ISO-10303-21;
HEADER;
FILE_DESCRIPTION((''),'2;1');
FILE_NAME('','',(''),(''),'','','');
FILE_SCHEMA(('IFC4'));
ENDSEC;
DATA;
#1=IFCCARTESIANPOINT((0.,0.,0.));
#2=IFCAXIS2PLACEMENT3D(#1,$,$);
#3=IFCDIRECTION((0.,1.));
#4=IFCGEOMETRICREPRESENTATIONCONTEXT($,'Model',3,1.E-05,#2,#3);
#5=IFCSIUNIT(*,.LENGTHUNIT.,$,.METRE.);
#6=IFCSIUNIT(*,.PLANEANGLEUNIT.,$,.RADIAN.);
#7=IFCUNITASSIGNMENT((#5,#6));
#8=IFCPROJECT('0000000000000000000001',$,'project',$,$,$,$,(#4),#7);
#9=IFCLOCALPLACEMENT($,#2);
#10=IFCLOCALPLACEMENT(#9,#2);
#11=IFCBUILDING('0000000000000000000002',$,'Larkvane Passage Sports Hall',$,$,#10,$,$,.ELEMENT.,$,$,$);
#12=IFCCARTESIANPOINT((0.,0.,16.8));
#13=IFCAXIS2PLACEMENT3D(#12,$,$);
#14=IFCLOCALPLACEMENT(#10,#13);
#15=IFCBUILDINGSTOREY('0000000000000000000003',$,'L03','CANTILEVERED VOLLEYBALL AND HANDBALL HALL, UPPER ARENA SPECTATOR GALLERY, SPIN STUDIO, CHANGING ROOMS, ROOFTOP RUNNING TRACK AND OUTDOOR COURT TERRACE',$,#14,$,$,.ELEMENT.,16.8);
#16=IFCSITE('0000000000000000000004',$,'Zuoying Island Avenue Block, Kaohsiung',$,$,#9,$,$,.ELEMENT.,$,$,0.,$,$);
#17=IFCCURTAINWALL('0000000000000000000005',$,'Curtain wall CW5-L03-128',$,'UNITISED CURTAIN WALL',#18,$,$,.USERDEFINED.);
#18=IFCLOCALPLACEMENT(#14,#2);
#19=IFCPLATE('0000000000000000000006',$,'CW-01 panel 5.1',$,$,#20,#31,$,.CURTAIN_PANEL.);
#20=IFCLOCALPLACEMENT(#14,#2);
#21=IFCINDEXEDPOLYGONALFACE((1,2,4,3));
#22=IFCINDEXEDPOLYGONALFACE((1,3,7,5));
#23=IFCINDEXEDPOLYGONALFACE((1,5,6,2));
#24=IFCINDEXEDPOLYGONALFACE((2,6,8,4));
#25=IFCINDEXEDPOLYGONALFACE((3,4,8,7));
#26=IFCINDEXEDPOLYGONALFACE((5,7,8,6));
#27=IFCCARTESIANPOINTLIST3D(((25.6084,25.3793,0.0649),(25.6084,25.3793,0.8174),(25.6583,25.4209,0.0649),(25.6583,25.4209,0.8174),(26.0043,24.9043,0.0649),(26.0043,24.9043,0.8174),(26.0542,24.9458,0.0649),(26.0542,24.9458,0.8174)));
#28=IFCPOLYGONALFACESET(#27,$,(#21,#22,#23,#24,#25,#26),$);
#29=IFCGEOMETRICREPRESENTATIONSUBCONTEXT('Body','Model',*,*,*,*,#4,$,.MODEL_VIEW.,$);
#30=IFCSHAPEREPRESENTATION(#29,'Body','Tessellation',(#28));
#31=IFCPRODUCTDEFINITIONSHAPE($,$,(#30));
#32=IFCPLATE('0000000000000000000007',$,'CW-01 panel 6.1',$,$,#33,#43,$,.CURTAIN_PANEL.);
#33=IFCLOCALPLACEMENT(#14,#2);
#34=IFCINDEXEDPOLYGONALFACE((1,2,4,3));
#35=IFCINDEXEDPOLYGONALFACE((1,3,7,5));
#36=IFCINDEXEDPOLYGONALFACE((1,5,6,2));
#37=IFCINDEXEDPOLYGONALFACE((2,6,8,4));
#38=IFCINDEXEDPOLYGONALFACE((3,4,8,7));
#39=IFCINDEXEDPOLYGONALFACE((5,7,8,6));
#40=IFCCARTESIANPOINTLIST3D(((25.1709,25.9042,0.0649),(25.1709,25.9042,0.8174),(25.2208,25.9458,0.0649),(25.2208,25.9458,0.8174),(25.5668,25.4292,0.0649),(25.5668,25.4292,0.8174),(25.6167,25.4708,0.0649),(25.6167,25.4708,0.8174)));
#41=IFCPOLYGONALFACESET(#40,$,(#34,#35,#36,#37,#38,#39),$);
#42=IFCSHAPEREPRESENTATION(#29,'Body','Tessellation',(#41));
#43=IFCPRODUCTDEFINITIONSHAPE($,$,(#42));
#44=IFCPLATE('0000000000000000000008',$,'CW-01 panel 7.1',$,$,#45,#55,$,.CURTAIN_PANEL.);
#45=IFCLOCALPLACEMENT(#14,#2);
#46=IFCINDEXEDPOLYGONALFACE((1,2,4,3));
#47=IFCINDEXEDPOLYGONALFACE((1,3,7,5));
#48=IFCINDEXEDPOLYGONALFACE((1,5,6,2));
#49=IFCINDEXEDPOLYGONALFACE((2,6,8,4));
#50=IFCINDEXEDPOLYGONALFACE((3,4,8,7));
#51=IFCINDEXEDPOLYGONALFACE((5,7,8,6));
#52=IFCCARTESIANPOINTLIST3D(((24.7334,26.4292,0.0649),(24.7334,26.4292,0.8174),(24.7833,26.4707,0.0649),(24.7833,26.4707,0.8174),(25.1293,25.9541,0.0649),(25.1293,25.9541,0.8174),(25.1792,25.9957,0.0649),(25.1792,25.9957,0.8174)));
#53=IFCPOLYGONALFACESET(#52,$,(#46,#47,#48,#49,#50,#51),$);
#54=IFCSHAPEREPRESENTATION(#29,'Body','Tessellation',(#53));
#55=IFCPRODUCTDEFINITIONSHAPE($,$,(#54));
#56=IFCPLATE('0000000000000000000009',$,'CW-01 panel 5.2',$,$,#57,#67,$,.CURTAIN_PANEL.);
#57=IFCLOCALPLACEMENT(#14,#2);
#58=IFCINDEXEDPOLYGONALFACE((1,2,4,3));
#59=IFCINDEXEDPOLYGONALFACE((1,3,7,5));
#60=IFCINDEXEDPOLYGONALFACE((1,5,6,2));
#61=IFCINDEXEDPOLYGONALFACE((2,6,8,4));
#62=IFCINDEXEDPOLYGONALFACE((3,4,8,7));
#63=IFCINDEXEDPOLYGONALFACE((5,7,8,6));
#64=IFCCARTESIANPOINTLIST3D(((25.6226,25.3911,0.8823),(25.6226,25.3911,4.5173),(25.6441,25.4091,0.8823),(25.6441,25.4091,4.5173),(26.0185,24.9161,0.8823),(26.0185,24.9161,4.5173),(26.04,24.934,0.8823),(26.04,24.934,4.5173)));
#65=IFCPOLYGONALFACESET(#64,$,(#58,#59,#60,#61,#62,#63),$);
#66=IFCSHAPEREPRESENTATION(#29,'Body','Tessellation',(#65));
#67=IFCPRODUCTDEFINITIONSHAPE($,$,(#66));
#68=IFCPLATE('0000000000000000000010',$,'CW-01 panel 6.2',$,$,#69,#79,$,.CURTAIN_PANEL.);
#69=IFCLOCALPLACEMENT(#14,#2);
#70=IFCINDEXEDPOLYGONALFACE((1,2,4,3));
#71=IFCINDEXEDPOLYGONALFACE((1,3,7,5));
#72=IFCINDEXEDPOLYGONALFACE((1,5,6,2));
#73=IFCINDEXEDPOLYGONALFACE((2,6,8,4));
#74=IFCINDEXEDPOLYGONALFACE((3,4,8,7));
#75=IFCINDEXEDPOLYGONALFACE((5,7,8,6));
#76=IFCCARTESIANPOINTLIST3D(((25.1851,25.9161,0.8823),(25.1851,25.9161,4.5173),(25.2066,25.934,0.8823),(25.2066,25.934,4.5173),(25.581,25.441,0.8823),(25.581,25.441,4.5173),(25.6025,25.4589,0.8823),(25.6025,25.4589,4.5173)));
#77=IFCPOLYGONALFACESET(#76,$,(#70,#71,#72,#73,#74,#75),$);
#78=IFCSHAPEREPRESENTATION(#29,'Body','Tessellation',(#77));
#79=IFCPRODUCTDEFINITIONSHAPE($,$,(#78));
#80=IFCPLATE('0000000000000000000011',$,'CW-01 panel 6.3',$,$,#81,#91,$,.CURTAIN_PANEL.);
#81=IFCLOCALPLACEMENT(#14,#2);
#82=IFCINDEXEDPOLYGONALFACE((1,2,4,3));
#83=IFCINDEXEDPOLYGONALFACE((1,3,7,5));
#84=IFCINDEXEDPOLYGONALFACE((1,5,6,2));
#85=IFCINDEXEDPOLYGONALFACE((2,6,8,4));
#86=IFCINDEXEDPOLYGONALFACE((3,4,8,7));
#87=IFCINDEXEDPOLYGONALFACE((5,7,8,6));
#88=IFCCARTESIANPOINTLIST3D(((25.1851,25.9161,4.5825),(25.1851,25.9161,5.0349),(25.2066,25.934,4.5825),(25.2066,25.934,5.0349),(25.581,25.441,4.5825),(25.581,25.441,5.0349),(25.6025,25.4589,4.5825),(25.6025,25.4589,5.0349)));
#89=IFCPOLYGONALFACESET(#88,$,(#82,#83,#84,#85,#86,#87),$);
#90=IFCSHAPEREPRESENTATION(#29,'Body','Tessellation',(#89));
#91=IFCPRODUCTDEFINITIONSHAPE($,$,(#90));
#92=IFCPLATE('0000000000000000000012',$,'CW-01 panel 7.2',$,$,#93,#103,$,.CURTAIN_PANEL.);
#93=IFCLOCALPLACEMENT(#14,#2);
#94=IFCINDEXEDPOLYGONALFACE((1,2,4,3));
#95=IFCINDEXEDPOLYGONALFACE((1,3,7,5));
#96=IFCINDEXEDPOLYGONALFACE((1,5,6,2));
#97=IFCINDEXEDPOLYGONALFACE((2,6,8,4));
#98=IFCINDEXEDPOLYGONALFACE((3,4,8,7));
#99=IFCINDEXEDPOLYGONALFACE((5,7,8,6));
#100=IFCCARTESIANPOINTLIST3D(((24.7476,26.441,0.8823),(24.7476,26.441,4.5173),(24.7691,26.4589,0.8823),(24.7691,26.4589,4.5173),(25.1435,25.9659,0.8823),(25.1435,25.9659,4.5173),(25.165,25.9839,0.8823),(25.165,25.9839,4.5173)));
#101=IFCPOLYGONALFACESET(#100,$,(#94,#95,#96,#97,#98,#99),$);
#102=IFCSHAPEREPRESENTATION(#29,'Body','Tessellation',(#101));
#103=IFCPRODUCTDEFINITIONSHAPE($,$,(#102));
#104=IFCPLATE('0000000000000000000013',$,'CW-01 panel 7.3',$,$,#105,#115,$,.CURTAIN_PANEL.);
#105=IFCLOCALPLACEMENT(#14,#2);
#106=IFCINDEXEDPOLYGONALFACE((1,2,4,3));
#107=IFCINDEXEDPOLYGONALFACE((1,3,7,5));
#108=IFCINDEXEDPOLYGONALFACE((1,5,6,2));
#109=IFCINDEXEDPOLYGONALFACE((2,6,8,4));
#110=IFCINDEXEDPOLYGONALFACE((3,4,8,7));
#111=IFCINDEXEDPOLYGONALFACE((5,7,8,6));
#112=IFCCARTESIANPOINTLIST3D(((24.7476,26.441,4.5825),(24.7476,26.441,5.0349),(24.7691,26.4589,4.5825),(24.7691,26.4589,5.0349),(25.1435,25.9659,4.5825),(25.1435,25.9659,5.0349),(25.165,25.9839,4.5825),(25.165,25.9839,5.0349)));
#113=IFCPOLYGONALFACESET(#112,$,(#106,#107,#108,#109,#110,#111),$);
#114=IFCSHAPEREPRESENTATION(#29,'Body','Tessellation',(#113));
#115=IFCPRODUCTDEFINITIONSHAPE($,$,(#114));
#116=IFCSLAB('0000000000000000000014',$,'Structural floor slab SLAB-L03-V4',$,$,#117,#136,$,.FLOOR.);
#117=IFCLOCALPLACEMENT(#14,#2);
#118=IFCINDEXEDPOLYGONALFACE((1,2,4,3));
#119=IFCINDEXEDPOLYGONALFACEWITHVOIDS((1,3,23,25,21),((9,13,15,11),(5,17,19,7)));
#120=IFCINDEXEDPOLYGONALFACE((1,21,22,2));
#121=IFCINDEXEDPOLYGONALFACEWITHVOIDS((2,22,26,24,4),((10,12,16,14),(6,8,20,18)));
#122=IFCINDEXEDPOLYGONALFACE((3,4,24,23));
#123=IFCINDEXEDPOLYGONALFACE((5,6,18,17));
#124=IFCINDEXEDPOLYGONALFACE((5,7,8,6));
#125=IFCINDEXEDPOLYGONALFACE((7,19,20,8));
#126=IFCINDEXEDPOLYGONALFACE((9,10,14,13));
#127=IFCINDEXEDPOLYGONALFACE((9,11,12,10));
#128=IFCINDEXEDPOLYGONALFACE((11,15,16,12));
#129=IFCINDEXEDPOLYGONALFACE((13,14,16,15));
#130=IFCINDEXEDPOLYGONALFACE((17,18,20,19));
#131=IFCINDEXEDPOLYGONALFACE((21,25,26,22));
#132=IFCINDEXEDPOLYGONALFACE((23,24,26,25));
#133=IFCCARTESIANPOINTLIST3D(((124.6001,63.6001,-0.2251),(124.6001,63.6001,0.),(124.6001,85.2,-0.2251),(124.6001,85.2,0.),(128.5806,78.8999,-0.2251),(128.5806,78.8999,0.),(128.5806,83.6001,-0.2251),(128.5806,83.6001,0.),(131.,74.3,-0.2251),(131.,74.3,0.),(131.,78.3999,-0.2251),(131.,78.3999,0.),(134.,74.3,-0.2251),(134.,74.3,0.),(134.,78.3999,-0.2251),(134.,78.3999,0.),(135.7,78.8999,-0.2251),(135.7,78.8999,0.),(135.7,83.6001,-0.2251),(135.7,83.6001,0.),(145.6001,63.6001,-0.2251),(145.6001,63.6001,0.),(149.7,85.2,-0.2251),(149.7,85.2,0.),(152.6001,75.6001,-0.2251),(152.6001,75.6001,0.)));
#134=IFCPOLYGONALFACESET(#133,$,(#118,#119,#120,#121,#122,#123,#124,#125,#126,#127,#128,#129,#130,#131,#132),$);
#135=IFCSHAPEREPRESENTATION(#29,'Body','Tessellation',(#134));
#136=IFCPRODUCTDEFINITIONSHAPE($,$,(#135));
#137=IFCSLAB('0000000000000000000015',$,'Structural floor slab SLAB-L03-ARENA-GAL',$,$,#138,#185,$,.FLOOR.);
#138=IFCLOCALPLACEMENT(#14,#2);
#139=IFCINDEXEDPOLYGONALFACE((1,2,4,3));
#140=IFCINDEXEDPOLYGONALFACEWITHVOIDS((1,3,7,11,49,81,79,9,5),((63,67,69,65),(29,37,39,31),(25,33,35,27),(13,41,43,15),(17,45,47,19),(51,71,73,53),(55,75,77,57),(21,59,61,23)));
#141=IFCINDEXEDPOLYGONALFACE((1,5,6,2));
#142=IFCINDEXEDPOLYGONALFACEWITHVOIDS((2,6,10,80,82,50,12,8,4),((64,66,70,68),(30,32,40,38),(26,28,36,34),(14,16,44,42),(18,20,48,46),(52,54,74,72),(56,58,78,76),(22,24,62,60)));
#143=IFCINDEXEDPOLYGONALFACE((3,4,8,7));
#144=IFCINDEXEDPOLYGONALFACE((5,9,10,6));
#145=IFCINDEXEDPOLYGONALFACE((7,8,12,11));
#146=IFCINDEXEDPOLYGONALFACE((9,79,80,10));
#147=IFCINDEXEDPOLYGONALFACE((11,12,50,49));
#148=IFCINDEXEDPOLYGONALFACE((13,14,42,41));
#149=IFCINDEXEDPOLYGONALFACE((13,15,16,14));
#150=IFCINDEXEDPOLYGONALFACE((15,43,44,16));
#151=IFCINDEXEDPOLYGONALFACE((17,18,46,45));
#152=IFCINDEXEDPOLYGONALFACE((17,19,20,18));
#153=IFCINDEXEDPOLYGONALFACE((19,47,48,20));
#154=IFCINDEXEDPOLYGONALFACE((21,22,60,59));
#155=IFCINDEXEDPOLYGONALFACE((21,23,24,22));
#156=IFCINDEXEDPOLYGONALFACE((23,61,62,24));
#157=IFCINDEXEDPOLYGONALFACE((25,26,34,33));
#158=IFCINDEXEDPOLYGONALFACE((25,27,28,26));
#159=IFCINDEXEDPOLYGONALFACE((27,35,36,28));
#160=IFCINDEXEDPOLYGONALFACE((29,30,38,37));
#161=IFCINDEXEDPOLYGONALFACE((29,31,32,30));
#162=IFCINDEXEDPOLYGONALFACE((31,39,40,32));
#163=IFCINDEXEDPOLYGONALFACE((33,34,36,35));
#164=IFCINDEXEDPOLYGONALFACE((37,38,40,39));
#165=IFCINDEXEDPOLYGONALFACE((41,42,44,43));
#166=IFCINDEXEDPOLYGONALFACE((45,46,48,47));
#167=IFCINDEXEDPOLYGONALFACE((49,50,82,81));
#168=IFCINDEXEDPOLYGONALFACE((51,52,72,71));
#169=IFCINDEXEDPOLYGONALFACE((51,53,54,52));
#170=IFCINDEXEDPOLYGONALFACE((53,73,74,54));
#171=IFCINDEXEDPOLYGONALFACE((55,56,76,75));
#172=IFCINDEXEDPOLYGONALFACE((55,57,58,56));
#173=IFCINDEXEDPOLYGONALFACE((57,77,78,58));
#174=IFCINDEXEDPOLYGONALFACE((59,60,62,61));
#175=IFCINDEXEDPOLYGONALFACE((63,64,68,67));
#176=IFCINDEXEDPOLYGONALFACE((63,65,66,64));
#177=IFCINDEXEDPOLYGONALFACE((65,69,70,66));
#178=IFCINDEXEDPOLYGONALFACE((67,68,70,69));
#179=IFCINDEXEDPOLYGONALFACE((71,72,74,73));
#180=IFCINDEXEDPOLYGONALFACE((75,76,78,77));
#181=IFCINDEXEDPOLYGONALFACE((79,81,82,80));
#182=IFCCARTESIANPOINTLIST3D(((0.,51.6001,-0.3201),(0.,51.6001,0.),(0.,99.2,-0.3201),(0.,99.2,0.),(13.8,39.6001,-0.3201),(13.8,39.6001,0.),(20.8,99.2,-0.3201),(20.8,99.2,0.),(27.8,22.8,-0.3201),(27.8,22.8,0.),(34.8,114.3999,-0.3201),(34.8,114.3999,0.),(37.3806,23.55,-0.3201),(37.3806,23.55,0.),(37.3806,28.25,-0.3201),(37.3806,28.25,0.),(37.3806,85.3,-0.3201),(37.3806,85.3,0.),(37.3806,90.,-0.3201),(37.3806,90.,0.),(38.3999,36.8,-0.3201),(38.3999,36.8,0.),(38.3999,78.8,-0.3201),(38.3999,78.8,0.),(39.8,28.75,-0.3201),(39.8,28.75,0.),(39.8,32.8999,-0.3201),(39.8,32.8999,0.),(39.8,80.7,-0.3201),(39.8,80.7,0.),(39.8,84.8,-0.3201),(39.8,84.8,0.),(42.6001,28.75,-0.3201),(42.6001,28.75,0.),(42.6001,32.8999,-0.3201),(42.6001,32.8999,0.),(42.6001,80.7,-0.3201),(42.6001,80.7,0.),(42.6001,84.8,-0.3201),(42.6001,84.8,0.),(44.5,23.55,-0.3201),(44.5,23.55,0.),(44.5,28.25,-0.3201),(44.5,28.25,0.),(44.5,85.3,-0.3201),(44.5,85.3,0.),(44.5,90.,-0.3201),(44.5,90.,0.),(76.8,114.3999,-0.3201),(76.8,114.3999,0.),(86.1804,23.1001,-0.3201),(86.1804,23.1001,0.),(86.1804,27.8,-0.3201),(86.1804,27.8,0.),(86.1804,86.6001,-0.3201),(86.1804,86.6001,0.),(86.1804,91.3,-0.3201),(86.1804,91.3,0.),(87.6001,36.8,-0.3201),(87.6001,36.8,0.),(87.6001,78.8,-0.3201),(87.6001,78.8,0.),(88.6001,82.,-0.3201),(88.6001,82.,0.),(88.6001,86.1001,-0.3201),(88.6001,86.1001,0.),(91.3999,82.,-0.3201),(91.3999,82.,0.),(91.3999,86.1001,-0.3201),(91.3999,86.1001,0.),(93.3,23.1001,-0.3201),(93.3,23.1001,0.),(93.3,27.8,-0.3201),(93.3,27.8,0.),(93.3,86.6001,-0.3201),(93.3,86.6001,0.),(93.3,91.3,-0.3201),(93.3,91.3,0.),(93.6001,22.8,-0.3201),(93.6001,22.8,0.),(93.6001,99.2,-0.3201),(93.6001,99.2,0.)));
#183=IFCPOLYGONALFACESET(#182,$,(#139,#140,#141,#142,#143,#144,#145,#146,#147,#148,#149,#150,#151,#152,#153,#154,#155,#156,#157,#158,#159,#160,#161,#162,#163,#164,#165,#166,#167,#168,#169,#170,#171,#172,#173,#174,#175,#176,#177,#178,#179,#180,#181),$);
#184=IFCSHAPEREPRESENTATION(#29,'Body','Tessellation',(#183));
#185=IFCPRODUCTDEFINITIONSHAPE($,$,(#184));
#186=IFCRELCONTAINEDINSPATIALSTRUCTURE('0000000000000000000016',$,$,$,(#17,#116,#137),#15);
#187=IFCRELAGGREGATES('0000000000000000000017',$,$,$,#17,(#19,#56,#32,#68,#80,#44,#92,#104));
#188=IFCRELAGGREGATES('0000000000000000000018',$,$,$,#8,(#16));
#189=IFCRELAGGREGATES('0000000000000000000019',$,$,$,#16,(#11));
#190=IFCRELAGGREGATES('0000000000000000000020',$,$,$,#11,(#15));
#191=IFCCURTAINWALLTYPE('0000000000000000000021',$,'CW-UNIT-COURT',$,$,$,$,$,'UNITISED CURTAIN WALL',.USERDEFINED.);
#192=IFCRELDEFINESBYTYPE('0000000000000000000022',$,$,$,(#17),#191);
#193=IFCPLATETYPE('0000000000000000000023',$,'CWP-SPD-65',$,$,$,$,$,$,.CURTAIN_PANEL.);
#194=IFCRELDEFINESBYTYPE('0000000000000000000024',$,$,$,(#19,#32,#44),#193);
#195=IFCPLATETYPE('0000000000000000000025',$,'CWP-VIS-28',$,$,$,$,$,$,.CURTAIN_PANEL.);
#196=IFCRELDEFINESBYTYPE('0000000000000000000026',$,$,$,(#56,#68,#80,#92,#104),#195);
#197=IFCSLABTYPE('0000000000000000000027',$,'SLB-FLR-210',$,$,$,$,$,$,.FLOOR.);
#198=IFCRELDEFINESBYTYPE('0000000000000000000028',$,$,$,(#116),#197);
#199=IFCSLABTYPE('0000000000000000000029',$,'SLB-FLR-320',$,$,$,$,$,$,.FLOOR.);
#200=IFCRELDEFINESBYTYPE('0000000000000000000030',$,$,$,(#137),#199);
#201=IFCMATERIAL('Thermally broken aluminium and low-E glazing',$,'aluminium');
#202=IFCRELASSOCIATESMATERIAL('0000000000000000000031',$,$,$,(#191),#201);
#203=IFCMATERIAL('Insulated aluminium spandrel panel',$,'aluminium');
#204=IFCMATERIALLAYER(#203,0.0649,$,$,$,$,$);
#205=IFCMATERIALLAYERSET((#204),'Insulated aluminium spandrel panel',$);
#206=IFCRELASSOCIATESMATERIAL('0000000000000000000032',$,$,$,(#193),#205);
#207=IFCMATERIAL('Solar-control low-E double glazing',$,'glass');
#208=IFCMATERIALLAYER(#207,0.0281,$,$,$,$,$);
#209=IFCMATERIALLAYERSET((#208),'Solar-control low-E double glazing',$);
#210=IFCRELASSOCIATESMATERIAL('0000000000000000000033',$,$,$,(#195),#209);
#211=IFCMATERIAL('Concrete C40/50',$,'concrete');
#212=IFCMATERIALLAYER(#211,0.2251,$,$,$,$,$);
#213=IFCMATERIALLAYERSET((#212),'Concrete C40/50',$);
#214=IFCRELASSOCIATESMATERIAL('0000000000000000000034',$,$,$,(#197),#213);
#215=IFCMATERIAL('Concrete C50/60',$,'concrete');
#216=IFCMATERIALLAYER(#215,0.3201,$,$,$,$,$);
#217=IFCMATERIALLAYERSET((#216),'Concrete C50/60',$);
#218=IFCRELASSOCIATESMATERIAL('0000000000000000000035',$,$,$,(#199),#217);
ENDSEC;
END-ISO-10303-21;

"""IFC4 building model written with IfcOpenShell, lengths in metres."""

from ifc_helpers import new_model, si_unit, direction, frame, origin, origin_2d, place, context, subcontext, project, spatial, polyline, rectangle, outline, extrude, material, layer, layer_set, type_object, element, aggregate, save


model = new_model("IFC4")

# Units and contexts
model_context = context("Model", 3, precision=1e-05, world=origin(), true_north=direction((0.0, 1.0)))
body_context = subcontext(model_context, "Body", "Model", "MODEL_VIEW")
ifc_project = project(units=[si_unit("LENGTHUNIT", "METRE"), si_unit("PLANEANGLEUNIT", "RADIAN")], contexts=[model_context])

# Site, building, storey
site_placement = place(None, origin())
site = spatial("IfcSite", under=ifc_project, at=site_placement, Name="Zuoying Island Avenue Block, Kaohsiung", CompositionType="ELEMENT", RefElevation=0.0)
building_placement = place(site_placement, origin())
building = spatial("IfcBuilding", under=site, at=building_placement, Name="Larkvane Passage Sports Hall", CompositionType="ELEMENT")
storey_placement = place(building_placement, frame((0.0, 0.0, 16.8)))
storey = spatial("IfcBuildingStorey", under=building, at=storey_placement, Name="L03", Description="CANTILEVERED VOLLEYBALL AND HANDBALL HALL, UPPER ARENA SPECTATOR GALLERY, SPIN STUDIO, CHANGING ROOMS, ROOFTOP RUNNING TRACK AND OUTDOOR COURT TERRACE", CompositionType="ELEMENT", Elevation=16.8)

# Curtain wall, plates
ifc_material_1 = material(Name="Thermally broken aluminium and low-E glazing", Category="aluminium")
curtain_wall_type = type_object("IfcCurtainWallType", Name="CW-UNIT-COURT", ElementType="UNITISED CURTAIN WALL", PredefinedType="USERDEFINED", material=ifc_material_1)
curtain_wall_placement = place(storey_placement, origin())
curtain_wall = element("IfcCurtainWall", 1, at=curtain_wall_placement, inside=storey, type_object=curtain_wall_type, Name="Curtain wall CW5-L03-128", ObjectType="UNITISED CURTAIN WALL", PredefinedType="USERDEFINED")
ifc_material_2 = material(Name="Insulated aluminium spandrel panel", Category="aluminium")
ifc_layer_1 = layer(ifc_material_2, 0.0649)
ifc_layer_set_1 = layer_set([ifc_layer_1], Name="Insulated aluminium spandrel panel")
plate_type_1 = type_object("IfcPlateType", Name="CWP-SPD-65", PredefinedType="CURTAIN_PANEL", material=ifc_layer_set_1)
plate_1_placement = place(storey_placement, frame((25.8313, 25.1626, 0.0649), z_axis=(0.0, 0.0, 1.0), x_axis=(-0.640184, 0.768221, 0.0)))
plate_1 = element("IfcPlate", 2, at=plate_1_placement, type_object=plate_type_1, Name="CW-01 panel 5.1", PredefinedType="CURTAIN_PANEL", context=body_context, shape_type="SweptSolid", body=[
    extrude(rectangle(XDim=0.6184, YDim=0.0649, at=origin_2d()), origin(), (0.0, 0.0, 1.0), 0.7524),
])
plate_2_placement = place(storey_placement, frame((25.3938, 25.6875, 0.0649), z_axis=(0.0, 0.0, 1.0), x_axis=(-0.640184, 0.768221, 0.0)))
plate_2 = element("IfcPlate", 3, at=plate_2_placement, type_object=plate_type_1, Name="CW-01 panel 6.1", PredefinedType="CURTAIN_PANEL", context=body_context, shape_type="SweptSolid", body=[
    extrude(rectangle(XDim=0.6184, YDim=0.0649, at=origin_2d()), origin(), (0.0, 0.0, 1.0), 0.7524),
])
plate_3_placement = place(storey_placement, frame((24.9563, 26.2124, 0.0649), z_axis=(0.0, 0.0, 1.0), x_axis=(-0.640184, 0.768221, 0.0)))
plate_3 = element("IfcPlate", 4, at=plate_3_placement, type_object=plate_type_1, Name="CW-01 panel 7.1", PredefinedType="CURTAIN_PANEL", context=body_context, shape_type="SweptSolid", body=[
    extrude(rectangle(XDim=0.6184, YDim=0.0649, at=origin_2d()), origin(), (0.0, 0.0, 1.0), 0.7524),
])
ifc_material_3 = material(Name="Solar-control low-E double glazing", Category="glass")
ifc_layer_2 = layer(ifc_material_3, 0.0281)
ifc_layer_set_2 = layer_set([ifc_layer_2], Name="Solar-control low-E double glazing")
plate_type_2 = type_object("IfcPlateType", Name="CWP-VIS-28", PredefinedType="CURTAIN_PANEL", material=ifc_layer_set_2)
plate_4_placement = place(storey_placement, frame((25.8313, 25.1626, 0.8823), z_axis=(0.0, 0.0, 1.0), x_axis=(-0.640184, 0.768221, 0.0)))
plate_4 = element("IfcPlate", 5, at=plate_4_placement, type_object=plate_type_2, Name="CW-01 panel 5.2", PredefinedType="CURTAIN_PANEL", context=body_context, shape_type="SweptSolid", body=[
    extrude(rectangle(XDim=0.6184, YDim=0.0281, at=origin_2d()), origin(), (0.0, 0.0, 1.0), 3.635),
])
plate_5_placement = place(storey_placement, frame((25.3938, 25.6875, 0.8823), z_axis=(0.0, 0.0, 1.0), x_axis=(-0.640184, 0.768221, 0.0)))
plate_5 = element("IfcPlate", 6, at=plate_5_placement, type_object=plate_type_2, Name="CW-01 panel 6.2", PredefinedType="CURTAIN_PANEL", context=body_context, shape_type="SweptSolid", body=[
    extrude(rectangle(XDim=0.6184, YDim=0.0281, at=origin_2d()), origin(), (0.0, 0.0, 1.0), 3.635),
])
plate_6_placement = place(storey_placement, frame((25.3938, 25.6875, 4.5825), z_axis=(0.0, 0.0, 1.0), x_axis=(-0.640184, 0.768221, 0.0)))
plate_6 = element("IfcPlate", 7, at=plate_6_placement, type_object=plate_type_2, Name="CW-01 panel 6.3", PredefinedType="CURTAIN_PANEL", context=body_context, shape_type="SweptSolid", body=[
    extrude(rectangle(XDim=0.6184, YDim=0.0281, at=origin_2d()), origin(), (0.0, 0.0, 1.0), 0.4524),
])
plate_7_placement = place(storey_placement, frame((24.9563, 26.2124, 0.8823), z_axis=(0.0, 0.0, 1.0), x_axis=(-0.640184, 0.768221, 0.0)))
plate_7 = element("IfcPlate", 8, at=plate_7_placement, type_object=plate_type_2, Name="CW-01 panel 7.2", PredefinedType="CURTAIN_PANEL", context=body_context, shape_type="SweptSolid", body=[
    extrude(rectangle(XDim=0.6184, YDim=0.0281, at=origin_2d()), origin(), (0.0, 0.0, 1.0), 3.635),
])
plate_8_placement = place(storey_placement, frame((24.9563, 26.2124, 4.5825), z_axis=(0.0, 0.0, 1.0), x_axis=(-0.640184, 0.768221, 0.0)))
plate_8 = element("IfcPlate", 9, at=plate_8_placement, type_object=plate_type_2, Name="CW-01 panel 7.3", PredefinedType="CURTAIN_PANEL", context=body_context, shape_type="SweptSolid", body=[
    extrude(rectangle(XDim=0.6184, YDim=0.0281, at=origin_2d()), origin(), (0.0, 0.0, 1.0), 0.4524),
])
aggregate(curtain_wall, [plate_1, plate_4, plate_2, plate_5, plate_6, plate_3, plate_7, plate_8])

# Slabs
ifc_material_4 = material(Name="Concrete C40/50", Category="concrete")
ifc_layer_3 = layer(ifc_material_4, 0.2251)
ifc_layer_set_3 = layer_set([ifc_layer_3], Name="Concrete C40/50")
slab_type_1 = type_object("IfcSlabType", Name="SLB-FLR-210", PredefinedType="FLOOR", material=ifc_layer_set_3)
slab_1_placement = place(storey_placement, frame((0.0, 0.0, -0.2251)))
element("IfcSlab", 10, at=slab_1_placement, inside=storey, type_object=slab_type_1, Name="Structural floor slab SLAB-L03-V4", PredefinedType="FLOOR", context=body_context, shape_type="SweptSolid", body=[
    extrude(outline(polyline([(124.6001, 63.6001), (145.6001, 63.6001), (152.6001, 75.6001), (149.7, 85.2), (124.6001, 85.2), (124.6001, 63.6001)]), holes=[polyline([(128.5806, 83.6001), (135.7, 83.6001), (135.7, 78.8999), (128.5806, 78.8999), (128.5806, 83.6001)]), polyline([(131.0, 78.3999), (134.0, 78.3999), (134.0, 74.3), (131.0, 74.3), (131.0, 78.3999)])]), origin(), (0.0, 0.0, 1.0), 0.2251),
])
ifc_material_5 = material(Name="Concrete C50/60", Category="concrete")
ifc_layer_4 = layer(ifc_material_5, 0.3201)
ifc_layer_set_4 = layer_set([ifc_layer_4], Name="Concrete C50/60")
slab_type_2 = type_object("IfcSlabType", Name="SLB-FLR-320", PredefinedType="FLOOR", material=ifc_layer_set_4)
slab_2_placement = place(storey_placement, frame((0.0, 0.0, -0.3201)))
element("IfcSlab", 11, at=slab_2_placement, inside=storey, type_object=slab_type_2, Name="Structural floor slab SLAB-L03-ARENA-GAL", PredefinedType="FLOOR", context=body_context, shape_type="SweptSolid", body=[
    extrude(outline(polyline([(0.0, 51.6001), (13.8, 39.6001), (27.8, 22.8), (93.6001, 22.8), (93.6001, 99.2), (76.8, 114.3999), (34.8, 114.3999), (20.8, 99.2), (0.0, 99.2), (0.0, 51.6001)]), holes=[polyline([(37.3806, 28.25), (44.5, 28.25), (44.5, 23.55), (37.3806, 23.55), (37.3806, 28.25)]), polyline([(37.3806, 90.0), (44.5, 90.0), (44.5, 85.3), (37.3806, 85.3), (37.3806, 90.0)]), polyline([(86.1804, 91.3), (93.3, 91.3), (93.3, 86.6001), (86.1804, 86.6001), (86.1804, 91.3)]), polyline([(86.1804, 27.8), (93.3, 27.8), (93.3, 23.1001), (86.1804, 23.1001), (86.1804, 27.8)]), polyline([(39.8, 32.8999), (42.6001, 32.8999), (42.6001, 28.75), (39.8, 28.75), (39.8, 32.8999)]), polyline([(39.8, 84.8), (42.6001, 84.8), (42.6001, 80.7), (39.8, 80.7), (39.8, 84.8)]), polyline([(88.6001, 86.1001), (91.3999, 86.1001), (91.3999, 82.0), (88.6001, 82.0), (88.6001, 86.1001)]), polyline([(38.3999, 78.8), (87.6001, 78.8), (87.6001, 36.8), (38.3999, 36.8), (38.3999, 78.8)])]), origin(), (0.0, 0.0, 1.0), 0.3201),
])

save(model, "model.ifc")
